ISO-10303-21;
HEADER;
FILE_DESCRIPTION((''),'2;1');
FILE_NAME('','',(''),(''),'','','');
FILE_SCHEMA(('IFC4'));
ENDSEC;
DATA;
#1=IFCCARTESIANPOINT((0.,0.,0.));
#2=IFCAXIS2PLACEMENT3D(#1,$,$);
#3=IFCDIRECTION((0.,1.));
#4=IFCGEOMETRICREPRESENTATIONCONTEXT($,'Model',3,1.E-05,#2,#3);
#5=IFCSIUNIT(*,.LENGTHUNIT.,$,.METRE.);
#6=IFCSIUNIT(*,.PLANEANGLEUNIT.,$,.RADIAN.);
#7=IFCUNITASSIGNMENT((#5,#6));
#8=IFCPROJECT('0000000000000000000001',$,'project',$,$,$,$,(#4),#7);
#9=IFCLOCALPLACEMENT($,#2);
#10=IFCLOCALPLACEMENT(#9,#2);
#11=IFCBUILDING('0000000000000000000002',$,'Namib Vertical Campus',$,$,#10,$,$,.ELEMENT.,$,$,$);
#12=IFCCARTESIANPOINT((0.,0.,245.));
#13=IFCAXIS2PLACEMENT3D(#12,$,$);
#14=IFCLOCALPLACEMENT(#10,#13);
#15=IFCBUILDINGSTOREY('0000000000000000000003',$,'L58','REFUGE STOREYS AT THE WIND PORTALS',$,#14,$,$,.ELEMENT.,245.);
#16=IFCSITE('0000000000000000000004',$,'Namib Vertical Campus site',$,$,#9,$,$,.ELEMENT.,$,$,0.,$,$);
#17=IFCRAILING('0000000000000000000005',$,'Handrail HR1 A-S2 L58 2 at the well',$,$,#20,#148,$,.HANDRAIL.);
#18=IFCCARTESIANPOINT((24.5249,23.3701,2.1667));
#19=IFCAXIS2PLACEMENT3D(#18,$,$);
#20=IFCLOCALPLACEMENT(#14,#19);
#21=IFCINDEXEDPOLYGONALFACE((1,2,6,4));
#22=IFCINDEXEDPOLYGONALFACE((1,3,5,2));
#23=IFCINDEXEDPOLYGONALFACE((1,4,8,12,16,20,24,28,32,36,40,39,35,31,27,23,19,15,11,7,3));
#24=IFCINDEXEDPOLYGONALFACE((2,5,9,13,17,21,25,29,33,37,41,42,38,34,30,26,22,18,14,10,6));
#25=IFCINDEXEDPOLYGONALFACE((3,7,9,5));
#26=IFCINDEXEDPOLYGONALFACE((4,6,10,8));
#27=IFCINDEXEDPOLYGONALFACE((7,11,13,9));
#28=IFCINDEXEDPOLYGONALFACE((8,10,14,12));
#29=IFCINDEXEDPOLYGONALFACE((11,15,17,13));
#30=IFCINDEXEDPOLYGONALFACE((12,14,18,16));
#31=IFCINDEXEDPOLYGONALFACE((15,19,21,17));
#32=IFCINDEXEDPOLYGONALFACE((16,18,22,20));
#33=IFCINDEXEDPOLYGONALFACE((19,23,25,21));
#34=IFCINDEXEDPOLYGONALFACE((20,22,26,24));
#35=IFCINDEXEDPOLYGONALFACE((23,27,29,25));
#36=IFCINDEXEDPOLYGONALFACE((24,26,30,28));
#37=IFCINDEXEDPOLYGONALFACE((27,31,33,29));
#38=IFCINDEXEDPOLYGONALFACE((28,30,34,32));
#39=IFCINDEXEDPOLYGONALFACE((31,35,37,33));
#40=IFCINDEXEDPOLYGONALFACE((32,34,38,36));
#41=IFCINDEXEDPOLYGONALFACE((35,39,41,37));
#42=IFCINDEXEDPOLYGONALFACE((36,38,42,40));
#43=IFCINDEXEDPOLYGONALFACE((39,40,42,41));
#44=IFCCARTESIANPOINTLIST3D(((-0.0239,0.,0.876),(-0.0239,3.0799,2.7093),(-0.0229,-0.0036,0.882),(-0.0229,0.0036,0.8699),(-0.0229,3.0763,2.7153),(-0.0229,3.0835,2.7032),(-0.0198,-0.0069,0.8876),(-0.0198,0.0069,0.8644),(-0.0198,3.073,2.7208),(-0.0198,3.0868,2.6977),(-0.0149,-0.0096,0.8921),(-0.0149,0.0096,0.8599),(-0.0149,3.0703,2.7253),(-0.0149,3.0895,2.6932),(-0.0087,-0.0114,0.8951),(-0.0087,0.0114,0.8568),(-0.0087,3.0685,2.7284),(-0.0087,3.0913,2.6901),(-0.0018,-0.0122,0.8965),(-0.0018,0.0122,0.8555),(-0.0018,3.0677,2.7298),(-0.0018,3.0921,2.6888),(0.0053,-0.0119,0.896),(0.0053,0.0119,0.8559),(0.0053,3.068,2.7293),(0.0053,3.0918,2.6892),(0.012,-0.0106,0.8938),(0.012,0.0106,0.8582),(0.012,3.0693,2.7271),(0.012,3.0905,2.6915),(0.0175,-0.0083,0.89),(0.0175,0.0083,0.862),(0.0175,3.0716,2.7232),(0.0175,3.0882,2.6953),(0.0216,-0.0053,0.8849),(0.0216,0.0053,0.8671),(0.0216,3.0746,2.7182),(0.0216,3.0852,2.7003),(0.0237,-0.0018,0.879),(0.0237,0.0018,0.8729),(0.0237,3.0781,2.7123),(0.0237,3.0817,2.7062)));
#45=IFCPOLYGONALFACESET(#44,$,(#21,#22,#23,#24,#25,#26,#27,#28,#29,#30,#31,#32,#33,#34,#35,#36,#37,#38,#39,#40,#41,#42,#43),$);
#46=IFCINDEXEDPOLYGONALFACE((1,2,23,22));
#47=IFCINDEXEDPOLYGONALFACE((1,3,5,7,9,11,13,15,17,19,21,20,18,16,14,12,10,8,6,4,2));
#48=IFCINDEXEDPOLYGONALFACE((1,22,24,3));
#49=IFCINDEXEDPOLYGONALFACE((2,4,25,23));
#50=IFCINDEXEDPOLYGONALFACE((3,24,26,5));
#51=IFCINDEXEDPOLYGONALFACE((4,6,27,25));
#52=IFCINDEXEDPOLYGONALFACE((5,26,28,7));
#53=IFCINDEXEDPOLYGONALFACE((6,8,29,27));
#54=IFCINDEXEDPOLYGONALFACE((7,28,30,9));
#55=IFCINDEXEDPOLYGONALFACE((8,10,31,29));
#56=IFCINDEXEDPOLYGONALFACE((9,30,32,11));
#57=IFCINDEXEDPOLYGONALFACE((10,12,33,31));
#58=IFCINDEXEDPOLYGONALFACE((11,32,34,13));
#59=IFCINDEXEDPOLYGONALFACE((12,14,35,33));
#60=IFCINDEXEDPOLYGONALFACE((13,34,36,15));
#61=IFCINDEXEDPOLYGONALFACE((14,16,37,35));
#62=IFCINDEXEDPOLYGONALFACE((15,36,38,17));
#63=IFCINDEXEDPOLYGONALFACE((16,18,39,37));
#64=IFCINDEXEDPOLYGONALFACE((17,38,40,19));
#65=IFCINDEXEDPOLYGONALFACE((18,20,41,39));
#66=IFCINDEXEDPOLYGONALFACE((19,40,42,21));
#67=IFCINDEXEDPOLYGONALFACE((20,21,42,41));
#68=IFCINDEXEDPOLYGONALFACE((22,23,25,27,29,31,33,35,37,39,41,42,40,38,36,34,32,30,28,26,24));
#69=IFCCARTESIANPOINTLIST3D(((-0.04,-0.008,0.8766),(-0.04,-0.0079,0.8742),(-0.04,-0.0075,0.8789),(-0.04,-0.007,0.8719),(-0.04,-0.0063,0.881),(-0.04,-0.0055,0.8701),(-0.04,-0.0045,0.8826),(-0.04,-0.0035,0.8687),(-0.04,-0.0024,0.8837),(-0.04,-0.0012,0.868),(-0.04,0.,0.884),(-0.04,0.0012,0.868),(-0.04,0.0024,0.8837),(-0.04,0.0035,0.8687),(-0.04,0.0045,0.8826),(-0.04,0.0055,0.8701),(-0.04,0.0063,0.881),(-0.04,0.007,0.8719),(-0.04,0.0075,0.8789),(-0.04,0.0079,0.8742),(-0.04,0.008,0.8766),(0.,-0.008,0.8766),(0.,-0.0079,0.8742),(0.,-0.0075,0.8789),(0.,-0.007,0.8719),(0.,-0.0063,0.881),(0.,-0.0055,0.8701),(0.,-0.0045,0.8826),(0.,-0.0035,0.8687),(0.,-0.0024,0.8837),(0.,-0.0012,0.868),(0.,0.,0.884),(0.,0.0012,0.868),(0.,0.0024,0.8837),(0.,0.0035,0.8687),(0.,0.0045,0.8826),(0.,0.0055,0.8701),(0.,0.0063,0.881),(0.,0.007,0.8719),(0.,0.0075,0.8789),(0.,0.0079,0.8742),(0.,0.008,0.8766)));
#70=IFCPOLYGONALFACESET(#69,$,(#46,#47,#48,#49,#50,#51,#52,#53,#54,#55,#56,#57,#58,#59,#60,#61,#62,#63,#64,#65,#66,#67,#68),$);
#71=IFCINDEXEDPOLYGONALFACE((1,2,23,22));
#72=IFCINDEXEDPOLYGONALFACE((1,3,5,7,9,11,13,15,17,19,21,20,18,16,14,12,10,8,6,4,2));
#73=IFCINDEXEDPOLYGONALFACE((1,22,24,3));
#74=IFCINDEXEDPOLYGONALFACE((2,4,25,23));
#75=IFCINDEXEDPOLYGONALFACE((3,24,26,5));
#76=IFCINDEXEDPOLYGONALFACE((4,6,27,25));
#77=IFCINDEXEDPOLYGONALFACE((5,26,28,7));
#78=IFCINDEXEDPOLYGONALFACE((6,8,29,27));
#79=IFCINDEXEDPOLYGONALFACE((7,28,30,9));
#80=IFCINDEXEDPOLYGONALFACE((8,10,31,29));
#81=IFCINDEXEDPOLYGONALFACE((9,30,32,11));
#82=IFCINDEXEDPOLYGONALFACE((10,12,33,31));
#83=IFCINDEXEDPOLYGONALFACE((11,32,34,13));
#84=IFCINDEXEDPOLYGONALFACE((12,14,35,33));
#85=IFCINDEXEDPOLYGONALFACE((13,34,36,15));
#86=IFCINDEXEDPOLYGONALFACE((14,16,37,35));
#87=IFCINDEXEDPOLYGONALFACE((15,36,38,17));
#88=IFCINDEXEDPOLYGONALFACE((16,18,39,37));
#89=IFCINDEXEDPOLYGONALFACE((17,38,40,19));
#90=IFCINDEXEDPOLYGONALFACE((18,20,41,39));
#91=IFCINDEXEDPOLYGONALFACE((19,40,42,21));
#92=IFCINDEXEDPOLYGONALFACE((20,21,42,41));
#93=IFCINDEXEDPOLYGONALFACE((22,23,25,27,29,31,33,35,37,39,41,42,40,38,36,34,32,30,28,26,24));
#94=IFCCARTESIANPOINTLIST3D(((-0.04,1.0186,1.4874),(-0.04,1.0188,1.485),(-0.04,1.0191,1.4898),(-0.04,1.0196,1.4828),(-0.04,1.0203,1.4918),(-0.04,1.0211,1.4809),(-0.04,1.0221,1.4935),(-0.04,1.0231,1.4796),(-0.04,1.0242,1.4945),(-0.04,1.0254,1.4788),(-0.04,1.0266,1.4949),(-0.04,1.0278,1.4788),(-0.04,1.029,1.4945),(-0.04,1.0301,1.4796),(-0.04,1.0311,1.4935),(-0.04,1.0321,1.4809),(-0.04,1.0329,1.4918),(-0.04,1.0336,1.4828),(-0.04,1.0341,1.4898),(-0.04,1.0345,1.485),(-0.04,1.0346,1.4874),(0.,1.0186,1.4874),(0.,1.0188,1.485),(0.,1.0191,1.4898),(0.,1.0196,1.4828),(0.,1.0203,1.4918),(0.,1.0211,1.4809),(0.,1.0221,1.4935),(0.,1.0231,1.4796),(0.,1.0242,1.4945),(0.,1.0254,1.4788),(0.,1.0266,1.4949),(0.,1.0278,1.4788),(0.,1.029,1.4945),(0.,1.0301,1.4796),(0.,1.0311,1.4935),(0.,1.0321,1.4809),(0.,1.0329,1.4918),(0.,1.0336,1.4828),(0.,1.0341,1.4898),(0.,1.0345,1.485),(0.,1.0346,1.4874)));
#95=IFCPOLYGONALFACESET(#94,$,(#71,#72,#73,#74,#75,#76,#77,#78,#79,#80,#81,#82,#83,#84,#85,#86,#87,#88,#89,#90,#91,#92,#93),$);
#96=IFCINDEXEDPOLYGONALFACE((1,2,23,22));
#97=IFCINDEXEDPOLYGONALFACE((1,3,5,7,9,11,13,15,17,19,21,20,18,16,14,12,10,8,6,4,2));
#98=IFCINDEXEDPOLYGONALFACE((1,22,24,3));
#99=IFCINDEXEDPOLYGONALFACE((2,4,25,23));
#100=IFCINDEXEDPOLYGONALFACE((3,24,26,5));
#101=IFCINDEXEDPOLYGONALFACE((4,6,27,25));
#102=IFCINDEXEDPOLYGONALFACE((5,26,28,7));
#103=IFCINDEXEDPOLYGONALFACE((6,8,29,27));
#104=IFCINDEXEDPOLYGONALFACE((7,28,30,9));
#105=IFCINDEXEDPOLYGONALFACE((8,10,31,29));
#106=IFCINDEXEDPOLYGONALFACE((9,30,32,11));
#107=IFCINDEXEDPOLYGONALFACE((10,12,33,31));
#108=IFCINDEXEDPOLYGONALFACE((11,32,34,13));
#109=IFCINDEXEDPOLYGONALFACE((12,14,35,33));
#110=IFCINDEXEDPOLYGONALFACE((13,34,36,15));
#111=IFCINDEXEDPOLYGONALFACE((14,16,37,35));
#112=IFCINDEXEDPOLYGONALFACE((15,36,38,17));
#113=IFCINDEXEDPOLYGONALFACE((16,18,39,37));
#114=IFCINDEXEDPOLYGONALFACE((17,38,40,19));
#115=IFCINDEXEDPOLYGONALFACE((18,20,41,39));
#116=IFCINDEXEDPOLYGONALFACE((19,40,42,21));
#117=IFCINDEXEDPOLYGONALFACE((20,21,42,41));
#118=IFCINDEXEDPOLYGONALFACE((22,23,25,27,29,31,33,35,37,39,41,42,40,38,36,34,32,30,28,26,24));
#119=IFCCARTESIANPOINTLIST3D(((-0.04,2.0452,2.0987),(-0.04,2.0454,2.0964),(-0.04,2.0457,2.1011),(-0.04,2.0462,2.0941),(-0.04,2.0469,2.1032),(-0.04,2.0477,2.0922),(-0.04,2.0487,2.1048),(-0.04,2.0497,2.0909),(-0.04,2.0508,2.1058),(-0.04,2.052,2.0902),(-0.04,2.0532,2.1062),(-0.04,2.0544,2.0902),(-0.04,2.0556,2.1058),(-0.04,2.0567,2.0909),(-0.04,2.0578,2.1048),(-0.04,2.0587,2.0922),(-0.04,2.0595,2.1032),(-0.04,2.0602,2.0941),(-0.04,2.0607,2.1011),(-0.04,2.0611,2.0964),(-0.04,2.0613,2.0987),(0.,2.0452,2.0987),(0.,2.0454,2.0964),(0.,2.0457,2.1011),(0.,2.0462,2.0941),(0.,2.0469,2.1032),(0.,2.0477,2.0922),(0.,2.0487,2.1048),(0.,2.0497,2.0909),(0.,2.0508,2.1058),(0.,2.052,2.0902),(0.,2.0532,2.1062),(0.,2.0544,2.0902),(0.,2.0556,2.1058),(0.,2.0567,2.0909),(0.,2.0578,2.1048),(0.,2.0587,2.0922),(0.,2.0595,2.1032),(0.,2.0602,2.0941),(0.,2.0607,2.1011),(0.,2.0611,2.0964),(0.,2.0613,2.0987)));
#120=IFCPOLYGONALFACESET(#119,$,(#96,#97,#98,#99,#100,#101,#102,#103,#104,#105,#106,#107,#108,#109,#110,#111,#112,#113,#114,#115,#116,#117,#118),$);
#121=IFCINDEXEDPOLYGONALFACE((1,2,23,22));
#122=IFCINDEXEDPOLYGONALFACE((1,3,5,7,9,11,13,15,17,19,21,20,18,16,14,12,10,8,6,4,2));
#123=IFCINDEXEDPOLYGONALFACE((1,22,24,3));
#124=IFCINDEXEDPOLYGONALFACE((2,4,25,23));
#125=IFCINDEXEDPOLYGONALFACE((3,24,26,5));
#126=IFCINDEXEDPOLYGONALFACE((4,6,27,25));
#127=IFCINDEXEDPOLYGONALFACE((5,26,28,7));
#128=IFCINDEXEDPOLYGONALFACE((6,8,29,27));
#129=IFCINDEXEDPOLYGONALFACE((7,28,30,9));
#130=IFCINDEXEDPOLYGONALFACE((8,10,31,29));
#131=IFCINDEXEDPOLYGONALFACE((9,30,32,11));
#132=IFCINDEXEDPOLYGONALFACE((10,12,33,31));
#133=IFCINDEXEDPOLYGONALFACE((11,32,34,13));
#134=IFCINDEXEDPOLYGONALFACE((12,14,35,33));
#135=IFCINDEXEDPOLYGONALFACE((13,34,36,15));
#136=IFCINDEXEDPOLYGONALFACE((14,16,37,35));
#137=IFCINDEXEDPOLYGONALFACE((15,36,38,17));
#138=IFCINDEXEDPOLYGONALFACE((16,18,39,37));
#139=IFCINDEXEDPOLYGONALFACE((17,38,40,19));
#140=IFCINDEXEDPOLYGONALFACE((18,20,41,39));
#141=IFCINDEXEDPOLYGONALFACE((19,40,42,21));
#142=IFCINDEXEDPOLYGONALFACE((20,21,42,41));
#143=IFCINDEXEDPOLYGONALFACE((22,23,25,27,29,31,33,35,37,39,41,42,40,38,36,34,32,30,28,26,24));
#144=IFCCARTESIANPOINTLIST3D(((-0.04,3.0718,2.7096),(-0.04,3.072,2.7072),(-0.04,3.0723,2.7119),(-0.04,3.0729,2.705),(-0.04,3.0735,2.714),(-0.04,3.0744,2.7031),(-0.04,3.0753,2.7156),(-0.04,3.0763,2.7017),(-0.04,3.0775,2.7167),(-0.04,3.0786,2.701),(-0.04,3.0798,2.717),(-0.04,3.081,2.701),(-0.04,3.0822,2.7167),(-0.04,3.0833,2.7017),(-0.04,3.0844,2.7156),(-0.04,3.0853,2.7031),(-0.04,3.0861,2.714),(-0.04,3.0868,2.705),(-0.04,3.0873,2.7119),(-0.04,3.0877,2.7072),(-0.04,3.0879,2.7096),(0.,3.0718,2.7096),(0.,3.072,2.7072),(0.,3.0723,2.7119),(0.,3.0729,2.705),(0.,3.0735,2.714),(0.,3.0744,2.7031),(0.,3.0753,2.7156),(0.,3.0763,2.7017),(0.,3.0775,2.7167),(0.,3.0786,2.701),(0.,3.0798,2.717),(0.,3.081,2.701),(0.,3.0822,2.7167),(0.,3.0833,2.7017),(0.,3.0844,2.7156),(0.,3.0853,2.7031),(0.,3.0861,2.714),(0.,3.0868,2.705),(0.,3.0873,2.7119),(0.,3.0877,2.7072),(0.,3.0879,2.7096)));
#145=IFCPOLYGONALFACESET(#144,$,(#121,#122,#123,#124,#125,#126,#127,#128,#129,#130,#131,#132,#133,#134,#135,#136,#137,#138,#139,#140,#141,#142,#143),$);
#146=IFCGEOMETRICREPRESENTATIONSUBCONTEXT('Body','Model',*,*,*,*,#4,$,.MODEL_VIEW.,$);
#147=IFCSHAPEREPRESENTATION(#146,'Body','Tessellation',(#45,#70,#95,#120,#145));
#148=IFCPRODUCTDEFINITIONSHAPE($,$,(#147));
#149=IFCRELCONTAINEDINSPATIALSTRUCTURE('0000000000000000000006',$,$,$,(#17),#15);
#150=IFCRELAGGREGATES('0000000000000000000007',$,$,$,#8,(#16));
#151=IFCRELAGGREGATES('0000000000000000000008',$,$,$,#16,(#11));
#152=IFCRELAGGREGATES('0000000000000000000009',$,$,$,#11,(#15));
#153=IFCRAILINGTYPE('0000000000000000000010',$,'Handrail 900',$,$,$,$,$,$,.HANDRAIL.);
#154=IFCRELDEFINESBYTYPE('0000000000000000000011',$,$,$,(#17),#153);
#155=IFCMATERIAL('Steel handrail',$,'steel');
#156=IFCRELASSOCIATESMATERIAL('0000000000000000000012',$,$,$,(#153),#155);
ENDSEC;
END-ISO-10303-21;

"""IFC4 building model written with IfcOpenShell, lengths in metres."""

from ifc_helpers import new_model, si_unit, direction, frame, origin, origin_2d, place, context, subcontext, project, spatial, circle, extrude, material, type_object, element, save


model = new_model("IFC4")

# Units and contexts
model_context = context("Model", 3, precision=1e-05, world=origin(), true_north=direction((0.0, 1.0)))
body_context = subcontext(model_context, "Body", "Model", "MODEL_VIEW")
ifc_project = project(units=[si_unit("LENGTHUNIT", "METRE"), si_unit("PLANEANGLEUNIT", "RADIAN")], contexts=[model_context])

# Site, building, storey
site_placement = place(None, origin())
site = spatial("IfcSite", under=ifc_project, at=site_placement, Name="Namib Vertical Campus site", CompositionType="ELEMENT", RefElevation=0.0)
building_placement = place(site_placement, origin())
building = spatial("IfcBuilding", under=site, at=building_placement, Name="Namib Vertical Campus", CompositionType="ELEMENT")
storey_placement = place(building_placement, frame((0.0, 0.0, 245.0)))
storey = spatial("IfcBuildingStorey", under=building, at=storey_placement, Name="L58", Description="REFUGE STOREYS AT THE WIND PORTALS", CompositionType="ELEMENT", Elevation=245.0)

# Railing
ifc_material_1 = material(Name="Steel handrail", Category="steel")
railing_type_1 = type_object("IfcRailingType", Name="Handrail 900", PredefinedType="HANDRAIL", material=ifc_material_1)
railing_1_placement = place(storey_placement, frame((24.5249, 23.3701, 2.1667)))
element("IfcRailing", 1, at=railing_1_placement, inside=storey, type_object=railing_type_1, Name="Handrail HR1 A-S2 L58 2 at the well", PredefinedType="HANDRAIL", context=body_context, shape_type="SweptSolid", body=[
    extrude(circle(Radius=0.0239, at=origin_2d()), frame((0.0, 0.0, 0.876), z_axis=(0.0, 0.859291, 0.511487), x_axis=(-1.0, 0.0, 0.0)), (0.0, 0.0, 1.0), 3.5842),
    extrude(circle(Radius=0.0081, at=origin_2d()), frame((0.0, 0.0, 0.876), z_axis=(-1.0, 0.0, 0.0), x_axis=(0.0, 0.0, 1.0)), (0.0, 0.0, 1.0), 0.04),
    extrude(circle(Radius=0.0081, at=origin_2d()), frame((0.0, 1.0266, 1.4868), z_axis=(-1.0, 0.0, 0.0), x_axis=(0.0, 0.0, 1.0)), (0.0, 0.0, 1.0), 0.04),
    extrude(circle(Radius=0.0081, at=origin_2d()), frame((0.0, 2.0532, 2.0981), z_axis=(-1.0, 0.0, 0.0), x_axis=(0.0, 0.0, 1.0)), (0.0, 0.0, 1.0), 0.04),
    extrude(circle(Radius=0.0081, at=origin_2d()), frame((0.0, 3.0798, 2.709), z_axis=(-1.0, 0.0, 0.0), x_axis=(0.0, 0.0, 1.0)), (0.0, 0.0, 1.0), 0.04),
])

save(model, "model.ifc")
